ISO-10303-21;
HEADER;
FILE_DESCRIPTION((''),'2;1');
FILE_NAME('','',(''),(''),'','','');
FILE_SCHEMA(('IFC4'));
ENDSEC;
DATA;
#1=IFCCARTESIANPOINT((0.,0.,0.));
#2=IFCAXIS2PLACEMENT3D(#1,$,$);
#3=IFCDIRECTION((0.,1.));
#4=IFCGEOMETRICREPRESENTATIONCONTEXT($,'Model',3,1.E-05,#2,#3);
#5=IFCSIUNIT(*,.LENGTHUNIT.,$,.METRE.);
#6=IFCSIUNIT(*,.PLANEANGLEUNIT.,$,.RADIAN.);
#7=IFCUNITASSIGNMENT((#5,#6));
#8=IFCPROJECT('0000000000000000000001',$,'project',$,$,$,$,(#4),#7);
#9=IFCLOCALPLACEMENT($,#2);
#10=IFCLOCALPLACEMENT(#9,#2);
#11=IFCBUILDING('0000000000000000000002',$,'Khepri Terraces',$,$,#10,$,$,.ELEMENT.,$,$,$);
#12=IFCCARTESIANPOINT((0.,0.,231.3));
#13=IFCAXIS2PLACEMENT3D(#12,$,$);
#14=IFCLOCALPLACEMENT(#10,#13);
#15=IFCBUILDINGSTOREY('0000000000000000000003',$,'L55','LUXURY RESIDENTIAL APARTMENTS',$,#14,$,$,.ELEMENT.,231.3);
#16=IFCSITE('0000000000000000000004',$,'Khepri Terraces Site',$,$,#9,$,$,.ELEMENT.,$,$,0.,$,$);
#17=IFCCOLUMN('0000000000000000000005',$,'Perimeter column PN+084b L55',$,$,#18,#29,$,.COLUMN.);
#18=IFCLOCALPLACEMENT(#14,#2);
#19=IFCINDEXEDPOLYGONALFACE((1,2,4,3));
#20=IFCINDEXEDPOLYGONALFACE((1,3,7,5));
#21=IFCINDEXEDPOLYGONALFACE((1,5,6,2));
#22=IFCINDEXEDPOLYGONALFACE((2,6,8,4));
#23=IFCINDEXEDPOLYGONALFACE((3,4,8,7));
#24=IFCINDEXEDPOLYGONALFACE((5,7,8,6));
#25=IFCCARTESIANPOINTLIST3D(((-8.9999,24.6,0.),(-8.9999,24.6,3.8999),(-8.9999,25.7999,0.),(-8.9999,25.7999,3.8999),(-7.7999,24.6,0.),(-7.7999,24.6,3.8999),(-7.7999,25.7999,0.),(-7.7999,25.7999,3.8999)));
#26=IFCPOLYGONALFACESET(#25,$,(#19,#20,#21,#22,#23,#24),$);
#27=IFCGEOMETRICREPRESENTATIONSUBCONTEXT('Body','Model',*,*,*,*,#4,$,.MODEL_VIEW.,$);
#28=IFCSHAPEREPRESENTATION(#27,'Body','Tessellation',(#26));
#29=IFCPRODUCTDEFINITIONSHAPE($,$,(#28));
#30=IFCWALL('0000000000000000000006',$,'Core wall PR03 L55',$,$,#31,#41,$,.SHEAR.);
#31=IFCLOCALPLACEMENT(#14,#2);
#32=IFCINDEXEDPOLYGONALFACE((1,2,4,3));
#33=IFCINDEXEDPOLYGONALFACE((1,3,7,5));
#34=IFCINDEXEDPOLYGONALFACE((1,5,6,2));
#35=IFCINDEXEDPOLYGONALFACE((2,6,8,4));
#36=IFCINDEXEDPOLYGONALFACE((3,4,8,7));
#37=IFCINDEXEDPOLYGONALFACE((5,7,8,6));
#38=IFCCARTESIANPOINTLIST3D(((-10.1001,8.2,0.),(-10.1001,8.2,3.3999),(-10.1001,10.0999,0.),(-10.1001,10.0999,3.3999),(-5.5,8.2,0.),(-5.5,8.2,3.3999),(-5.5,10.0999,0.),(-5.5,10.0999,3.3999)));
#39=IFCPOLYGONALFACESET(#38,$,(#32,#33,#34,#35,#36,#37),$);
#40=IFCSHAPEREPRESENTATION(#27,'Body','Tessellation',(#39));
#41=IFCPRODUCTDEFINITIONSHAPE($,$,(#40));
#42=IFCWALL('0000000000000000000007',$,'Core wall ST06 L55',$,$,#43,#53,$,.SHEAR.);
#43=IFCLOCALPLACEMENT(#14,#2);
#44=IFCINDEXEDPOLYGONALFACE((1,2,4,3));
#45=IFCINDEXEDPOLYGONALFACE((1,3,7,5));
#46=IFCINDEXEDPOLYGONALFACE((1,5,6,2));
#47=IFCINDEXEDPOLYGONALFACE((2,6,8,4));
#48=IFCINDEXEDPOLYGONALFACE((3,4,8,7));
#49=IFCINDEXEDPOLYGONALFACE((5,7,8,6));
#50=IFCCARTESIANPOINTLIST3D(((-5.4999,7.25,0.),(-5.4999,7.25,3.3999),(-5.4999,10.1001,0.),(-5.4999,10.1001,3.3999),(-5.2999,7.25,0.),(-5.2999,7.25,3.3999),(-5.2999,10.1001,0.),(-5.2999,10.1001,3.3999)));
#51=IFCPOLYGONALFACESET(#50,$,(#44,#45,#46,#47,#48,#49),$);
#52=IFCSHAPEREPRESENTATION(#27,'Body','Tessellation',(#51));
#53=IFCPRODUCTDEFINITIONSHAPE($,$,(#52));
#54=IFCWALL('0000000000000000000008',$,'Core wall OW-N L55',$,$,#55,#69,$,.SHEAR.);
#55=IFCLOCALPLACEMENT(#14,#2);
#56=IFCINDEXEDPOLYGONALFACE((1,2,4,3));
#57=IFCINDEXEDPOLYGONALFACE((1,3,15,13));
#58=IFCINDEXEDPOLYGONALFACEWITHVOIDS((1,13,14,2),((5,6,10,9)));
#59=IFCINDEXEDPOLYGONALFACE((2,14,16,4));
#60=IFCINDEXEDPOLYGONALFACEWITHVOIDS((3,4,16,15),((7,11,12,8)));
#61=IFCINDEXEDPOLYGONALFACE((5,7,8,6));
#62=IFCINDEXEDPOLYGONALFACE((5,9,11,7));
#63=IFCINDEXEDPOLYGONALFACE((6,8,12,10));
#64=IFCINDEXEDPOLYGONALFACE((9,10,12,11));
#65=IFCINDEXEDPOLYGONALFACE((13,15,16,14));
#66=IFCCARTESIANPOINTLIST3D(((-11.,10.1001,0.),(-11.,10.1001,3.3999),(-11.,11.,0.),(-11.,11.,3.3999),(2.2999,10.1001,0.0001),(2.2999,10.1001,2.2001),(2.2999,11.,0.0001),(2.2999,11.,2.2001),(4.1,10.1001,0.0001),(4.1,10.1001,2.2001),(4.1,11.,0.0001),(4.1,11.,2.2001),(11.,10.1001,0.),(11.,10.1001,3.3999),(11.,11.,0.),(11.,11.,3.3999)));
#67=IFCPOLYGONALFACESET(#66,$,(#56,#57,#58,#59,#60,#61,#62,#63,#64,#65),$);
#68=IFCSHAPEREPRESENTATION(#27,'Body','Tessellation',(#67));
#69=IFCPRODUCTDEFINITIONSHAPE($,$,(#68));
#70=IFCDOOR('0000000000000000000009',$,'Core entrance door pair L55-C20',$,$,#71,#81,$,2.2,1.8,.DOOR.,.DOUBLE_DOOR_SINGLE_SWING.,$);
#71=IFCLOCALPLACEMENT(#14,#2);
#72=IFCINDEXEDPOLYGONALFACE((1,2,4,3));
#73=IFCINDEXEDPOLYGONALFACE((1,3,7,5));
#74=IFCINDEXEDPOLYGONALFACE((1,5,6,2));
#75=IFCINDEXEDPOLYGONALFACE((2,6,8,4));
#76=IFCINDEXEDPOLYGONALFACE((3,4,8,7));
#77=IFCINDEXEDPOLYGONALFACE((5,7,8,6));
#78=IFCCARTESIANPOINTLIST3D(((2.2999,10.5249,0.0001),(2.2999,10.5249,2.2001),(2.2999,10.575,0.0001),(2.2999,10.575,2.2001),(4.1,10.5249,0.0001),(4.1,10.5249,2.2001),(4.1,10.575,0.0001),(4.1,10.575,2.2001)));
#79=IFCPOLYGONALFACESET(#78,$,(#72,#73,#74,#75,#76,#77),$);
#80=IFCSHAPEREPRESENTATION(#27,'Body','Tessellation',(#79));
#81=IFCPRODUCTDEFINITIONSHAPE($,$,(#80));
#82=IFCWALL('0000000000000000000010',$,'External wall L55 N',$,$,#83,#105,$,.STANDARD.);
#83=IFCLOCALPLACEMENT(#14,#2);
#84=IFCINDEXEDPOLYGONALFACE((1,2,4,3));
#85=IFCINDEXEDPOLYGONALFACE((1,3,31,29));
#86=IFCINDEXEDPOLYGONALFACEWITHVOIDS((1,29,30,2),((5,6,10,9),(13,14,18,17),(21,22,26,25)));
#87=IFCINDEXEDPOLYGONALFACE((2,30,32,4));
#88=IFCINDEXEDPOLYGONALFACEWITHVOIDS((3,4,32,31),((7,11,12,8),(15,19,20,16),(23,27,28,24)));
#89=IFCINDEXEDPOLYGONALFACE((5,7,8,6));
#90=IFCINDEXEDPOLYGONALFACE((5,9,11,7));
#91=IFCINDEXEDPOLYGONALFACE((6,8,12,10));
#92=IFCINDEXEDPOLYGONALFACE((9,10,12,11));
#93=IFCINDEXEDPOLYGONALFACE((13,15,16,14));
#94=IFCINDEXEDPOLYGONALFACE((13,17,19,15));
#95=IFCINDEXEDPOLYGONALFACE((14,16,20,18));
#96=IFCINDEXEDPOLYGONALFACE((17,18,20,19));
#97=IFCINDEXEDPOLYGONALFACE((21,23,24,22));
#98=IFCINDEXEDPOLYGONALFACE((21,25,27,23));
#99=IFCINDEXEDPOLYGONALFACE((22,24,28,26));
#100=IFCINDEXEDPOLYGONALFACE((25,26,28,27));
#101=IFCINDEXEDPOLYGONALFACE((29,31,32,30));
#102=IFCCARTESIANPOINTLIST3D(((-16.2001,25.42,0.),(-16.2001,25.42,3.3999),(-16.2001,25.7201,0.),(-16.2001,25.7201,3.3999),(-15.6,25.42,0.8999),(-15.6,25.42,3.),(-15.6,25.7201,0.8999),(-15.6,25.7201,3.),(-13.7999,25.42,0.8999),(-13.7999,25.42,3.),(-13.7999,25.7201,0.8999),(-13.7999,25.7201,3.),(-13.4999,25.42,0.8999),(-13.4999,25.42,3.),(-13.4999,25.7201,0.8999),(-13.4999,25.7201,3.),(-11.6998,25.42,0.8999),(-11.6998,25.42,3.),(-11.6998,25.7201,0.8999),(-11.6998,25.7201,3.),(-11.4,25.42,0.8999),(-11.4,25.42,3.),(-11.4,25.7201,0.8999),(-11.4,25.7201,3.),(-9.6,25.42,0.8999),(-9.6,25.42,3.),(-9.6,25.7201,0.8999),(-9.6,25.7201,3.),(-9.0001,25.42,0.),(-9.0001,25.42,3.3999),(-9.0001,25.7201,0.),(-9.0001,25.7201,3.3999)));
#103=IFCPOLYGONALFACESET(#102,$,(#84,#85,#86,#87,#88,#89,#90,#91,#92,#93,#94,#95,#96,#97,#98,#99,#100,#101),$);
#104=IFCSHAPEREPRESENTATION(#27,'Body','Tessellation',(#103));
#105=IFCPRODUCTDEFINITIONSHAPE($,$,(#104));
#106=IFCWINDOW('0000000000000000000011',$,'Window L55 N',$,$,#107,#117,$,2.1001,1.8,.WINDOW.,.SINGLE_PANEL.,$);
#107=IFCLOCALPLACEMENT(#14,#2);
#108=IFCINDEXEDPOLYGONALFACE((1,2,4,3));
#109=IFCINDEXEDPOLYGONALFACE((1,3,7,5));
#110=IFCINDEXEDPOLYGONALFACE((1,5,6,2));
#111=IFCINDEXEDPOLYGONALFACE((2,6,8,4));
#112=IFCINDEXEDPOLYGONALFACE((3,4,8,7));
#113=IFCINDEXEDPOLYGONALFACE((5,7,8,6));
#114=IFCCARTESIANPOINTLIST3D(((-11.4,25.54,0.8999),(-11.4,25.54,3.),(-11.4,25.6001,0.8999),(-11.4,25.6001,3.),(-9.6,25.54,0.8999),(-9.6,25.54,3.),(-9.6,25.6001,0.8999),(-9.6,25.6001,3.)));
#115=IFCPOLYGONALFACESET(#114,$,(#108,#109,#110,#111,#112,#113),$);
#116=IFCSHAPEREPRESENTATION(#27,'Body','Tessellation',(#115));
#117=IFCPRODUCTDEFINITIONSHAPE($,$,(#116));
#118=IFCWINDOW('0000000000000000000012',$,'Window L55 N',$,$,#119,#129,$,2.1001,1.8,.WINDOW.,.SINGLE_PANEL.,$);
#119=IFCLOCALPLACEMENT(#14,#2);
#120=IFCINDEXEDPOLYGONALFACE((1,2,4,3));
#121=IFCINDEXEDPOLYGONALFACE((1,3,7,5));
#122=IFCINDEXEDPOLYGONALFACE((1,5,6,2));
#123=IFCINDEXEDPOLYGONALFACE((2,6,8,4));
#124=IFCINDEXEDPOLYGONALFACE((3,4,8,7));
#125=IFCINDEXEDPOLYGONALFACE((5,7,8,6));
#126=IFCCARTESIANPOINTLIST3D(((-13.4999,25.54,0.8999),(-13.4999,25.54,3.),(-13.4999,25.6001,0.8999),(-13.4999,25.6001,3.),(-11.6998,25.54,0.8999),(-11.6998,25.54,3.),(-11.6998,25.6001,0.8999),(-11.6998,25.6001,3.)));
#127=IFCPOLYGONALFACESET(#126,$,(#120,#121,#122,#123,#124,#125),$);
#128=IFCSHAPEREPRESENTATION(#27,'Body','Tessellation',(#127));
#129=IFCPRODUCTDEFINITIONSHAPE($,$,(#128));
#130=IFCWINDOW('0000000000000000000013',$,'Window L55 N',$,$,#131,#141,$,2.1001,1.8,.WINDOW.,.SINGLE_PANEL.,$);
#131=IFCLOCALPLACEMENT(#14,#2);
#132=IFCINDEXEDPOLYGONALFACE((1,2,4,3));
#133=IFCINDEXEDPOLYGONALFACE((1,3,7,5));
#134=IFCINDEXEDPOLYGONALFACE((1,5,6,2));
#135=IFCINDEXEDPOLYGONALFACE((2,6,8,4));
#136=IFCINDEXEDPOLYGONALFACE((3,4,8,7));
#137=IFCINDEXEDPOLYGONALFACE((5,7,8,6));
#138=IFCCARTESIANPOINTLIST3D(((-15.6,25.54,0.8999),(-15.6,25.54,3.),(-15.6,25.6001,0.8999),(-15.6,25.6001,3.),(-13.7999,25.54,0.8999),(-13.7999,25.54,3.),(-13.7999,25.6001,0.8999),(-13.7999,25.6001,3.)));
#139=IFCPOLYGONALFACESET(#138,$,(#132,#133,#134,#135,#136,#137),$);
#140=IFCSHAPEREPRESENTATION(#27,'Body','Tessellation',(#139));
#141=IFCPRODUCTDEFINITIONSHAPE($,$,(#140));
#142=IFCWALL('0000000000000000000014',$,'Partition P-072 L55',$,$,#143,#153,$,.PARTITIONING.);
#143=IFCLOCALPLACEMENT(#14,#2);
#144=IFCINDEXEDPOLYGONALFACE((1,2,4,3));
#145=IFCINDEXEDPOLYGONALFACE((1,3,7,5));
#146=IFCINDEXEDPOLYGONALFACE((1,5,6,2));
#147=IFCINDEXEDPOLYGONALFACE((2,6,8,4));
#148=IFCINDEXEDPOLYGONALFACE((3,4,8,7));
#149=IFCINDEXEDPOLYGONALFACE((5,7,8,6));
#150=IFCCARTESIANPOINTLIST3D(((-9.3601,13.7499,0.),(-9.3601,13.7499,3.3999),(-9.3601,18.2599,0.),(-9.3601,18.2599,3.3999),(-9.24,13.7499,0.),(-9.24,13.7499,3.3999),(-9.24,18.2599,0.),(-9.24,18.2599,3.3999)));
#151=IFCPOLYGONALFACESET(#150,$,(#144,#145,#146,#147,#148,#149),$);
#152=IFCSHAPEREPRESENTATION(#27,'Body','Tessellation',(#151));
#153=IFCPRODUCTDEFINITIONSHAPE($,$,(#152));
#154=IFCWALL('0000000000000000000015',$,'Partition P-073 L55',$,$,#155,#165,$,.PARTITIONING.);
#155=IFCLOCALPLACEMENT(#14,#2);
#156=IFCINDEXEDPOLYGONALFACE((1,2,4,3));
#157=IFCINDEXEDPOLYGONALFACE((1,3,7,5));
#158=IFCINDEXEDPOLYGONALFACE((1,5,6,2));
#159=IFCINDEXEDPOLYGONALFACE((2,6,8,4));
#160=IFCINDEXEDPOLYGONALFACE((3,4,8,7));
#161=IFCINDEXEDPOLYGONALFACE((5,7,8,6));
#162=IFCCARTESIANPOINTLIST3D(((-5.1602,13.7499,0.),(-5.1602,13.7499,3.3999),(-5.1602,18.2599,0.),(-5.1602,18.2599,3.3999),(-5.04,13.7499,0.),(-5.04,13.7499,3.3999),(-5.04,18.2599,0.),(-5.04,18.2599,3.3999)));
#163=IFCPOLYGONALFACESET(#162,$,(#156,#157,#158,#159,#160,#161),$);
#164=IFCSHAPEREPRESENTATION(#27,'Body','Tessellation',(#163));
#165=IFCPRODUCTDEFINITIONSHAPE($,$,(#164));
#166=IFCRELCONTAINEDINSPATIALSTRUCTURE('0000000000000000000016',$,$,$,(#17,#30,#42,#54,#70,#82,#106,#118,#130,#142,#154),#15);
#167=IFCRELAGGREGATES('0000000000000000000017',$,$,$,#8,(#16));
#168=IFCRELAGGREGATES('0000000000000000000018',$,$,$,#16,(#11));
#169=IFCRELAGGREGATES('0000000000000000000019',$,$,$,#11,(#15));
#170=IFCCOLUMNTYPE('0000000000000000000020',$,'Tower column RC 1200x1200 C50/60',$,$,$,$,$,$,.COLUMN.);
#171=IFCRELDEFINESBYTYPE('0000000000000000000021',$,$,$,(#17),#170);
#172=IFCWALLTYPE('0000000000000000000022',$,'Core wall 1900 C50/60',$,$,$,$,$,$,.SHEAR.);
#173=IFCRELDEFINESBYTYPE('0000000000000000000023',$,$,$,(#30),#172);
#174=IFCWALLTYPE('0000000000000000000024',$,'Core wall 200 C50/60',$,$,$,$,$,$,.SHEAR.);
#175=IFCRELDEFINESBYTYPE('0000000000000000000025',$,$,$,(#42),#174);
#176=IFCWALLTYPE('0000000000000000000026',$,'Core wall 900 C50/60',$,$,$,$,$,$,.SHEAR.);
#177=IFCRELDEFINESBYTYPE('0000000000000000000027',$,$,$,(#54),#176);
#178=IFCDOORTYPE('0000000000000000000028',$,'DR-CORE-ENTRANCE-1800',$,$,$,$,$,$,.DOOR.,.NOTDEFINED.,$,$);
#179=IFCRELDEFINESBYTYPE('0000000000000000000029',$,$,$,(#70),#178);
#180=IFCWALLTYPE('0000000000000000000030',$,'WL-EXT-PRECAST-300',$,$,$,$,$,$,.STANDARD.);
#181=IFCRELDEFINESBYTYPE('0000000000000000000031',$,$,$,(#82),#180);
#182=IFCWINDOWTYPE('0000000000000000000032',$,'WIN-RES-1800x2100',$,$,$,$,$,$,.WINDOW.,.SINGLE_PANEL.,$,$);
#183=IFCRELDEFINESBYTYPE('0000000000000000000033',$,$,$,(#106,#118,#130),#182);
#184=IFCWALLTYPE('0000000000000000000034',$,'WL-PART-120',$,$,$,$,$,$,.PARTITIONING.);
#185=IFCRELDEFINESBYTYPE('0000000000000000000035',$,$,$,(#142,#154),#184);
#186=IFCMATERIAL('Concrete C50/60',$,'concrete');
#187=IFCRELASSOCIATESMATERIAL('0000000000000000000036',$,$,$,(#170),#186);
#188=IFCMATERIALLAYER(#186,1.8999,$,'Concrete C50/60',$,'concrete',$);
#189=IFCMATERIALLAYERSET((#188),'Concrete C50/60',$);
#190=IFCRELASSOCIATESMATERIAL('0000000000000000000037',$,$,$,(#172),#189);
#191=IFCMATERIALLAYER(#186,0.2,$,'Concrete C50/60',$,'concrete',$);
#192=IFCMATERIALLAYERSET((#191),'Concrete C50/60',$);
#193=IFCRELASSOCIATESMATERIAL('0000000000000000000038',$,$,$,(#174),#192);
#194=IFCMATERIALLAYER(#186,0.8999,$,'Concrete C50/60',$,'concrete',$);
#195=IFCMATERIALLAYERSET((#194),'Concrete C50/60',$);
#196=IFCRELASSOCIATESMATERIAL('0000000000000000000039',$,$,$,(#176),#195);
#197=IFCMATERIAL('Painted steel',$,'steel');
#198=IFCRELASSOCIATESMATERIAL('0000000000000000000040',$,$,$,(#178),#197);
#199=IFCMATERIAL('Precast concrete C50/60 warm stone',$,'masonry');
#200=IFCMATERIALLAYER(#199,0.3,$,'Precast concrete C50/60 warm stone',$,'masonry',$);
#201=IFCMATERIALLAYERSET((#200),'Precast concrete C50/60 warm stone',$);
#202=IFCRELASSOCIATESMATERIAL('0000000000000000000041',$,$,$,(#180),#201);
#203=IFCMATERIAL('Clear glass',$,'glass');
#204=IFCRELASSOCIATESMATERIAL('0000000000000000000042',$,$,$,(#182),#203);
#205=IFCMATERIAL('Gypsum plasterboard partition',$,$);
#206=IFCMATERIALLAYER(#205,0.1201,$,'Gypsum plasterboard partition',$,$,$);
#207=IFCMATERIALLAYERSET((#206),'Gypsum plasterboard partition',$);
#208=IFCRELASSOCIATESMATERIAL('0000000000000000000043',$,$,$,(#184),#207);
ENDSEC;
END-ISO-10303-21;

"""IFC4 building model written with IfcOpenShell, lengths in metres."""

from ifc_helpers import new_model, si_unit, direction, frame, frame_2d, origin, origin_2d, place, context, subcontext, project, spatial, rectangle, extrude, material, layer, layer_set, material_profile, profile_set, type_object, element, fill, save


model = new_model("IFC4")

# Units and contexts
model_context = context("Model", 3, precision=1e-05, world=origin(), true_north=direction((0.0, 1.0)))
body_context = subcontext(model_context, "Body", "Model", "MODEL_VIEW")
ifc_project = project(units=[si_unit("LENGTHUNIT", "METRE"), si_unit("PLANEANGLEUNIT", "RADIAN")], contexts=[model_context])

# Site, building, storey
site_placement = place(None, origin())
site = spatial("IfcSite", under=ifc_project, at=site_placement, Name="Khepri Terraces Site", CompositionType="ELEMENT", RefElevation=0.0)
building_placement = place(site_placement, origin())
building = spatial("IfcBuilding", under=site, at=building_placement, Name="Khepri Terraces", CompositionType="ELEMENT")
storey_placement = place(building_placement, frame((0.0, 0.0, 231.3)))
storey = spatial("IfcBuildingStorey", under=building, at=storey_placement, Name="L55", Description="LUXURY RESIDENTIAL APARTMENTS", CompositionType="ELEMENT", Elevation=231.3)

# Column
ifc_material_1 = material(Name="Concrete C50/60", Category="concrete")
ifc_material_profile = material_profile(ifc_material_1, rectangle(XDim=1.2, YDim=1.2, at=origin_2d()), Name="Concrete C50/60", Category="concrete")
ifc_profile_set = profile_set([ifc_material_profile], Name="Concrete C50/60")
column_type = type_object("IfcColumnType", Name="Tower column RC 1200x1200 C50/60", PredefinedType="COLUMN", material=ifc_profile_set)
column_placement = place(storey_placement, frame((-8.3999, 25.2, 0.0), z_axis=(0.0, 0.0, 1.0), x_axis=(1.0, 0.0, 0.0)))
element("IfcColumn", 1, at=column_placement, inside=storey, type_object=column_type, Name="Perimeter column PN+084b L55", PredefinedType="COLUMN", context=body_context, shape_type="SweptSolid", body=[
    extrude(rectangle(XDim=1.2, YDim=1.2, at=origin_2d()), origin(), (0.0, 0.0, 1.0), 3.8999),
])

# Walls
ifc_layer_1 = layer(ifc_material_1, 1.8999, Name="Concrete C50/60", Category="concrete")
ifc_layer_set_1 = layer_set([ifc_layer_1], Name="Concrete C50/60")
wall_type_1 = type_object("IfcWallType", Name="Core wall 1900 C50/60", PredefinedType="SHEAR", material=ifc_layer_set_1)
wall_1_placement = place(storey_placement, frame((-10.1001, 9.1499, 0.0), z_axis=(0.0, 0.0, 1.0), x_axis=(1.0, 0.0, 0.0)))
element("IfcWall", 2, at=wall_1_placement, inside=storey, type_object=wall_type_1, Name="Core wall PR03 L55", PredefinedType="SHEAR", context=body_context, shape_type="SweptSolid", body=[
    extrude(rectangle(XDim=4.6001, YDim=1.8999, at=frame_2d((2.3, 0.0))), origin(), (0.0, 0.0, 1.0), 3.3999),
])
ifc_layer_2 = layer(ifc_material_1, 0.2, Name="Concrete C50/60", Category="concrete")
ifc_layer_set_2 = layer_set([ifc_layer_2], Name="Concrete C50/60")
wall_type_2 = type_object("IfcWallType", Name="Core wall 200 C50/60", PredefinedType="SHEAR", material=ifc_layer_set_2)
wall_2_placement = place(storey_placement, frame((-5.3999, 7.25, 0.0), z_axis=(0.0, 0.0, 1.0), x_axis=(0.0, 1.0, 0.0)))
element("IfcWall", 3, at=wall_2_placement, inside=storey, type_object=wall_type_2, Name="Core wall ST06 L55", PredefinedType="SHEAR", context=body_context, shape_type="SweptSolid", body=[
    extrude(rectangle(XDim=2.8501, YDim=0.2, at=frame_2d((1.425, 0.0))), origin(), (0.0, 0.0, 1.0), 3.3999),
])

# Wall, opening, door
ifc_layer_3 = layer(ifc_material_1, 0.8999, Name="Concrete C50/60", Category="concrete")
ifc_layer_set_3 = layer_set([ifc_layer_3], Name="Concrete C50/60")
wall_type_3 = type_object("IfcWallType", Name="Core wall 900 C50/60", PredefinedType="SHEAR", material=ifc_layer_set_3)
wall_3_placement = place(storey_placement, frame((-11.0, 10.55, 0.0), z_axis=(0.0, 0.0, 1.0), x_axis=(1.0, 0.0, 0.0)))
wall_3 = element("IfcWall", 4, at=wall_3_placement, inside=storey, type_object=wall_type_3, Name="Core wall OW-N L55", PredefinedType="SHEAR", context=body_context, shape_type="SweptSolid", body=[
    extrude(rectangle(XDim=22.0, YDim=0.8999, at=frame_2d((11.0, 0.0))), origin(), (0.0, 0.0, 1.0), 3.3999),
])
opening_1_placement = place(wall_3_placement, frame((13.3, 0.0, 0.0)))
opening_1 = element("IfcOpeningElement", 5, at=opening_1_placement, cuts=wall_3, PredefinedType="OPENING", context=body_context, shape_type="SweptSolid", body=[
    extrude(rectangle(XDim=1.8, YDim=2.2, at=frame_2d((0.8999, 1.1001))), frame((0.0, 0.46, 0.0), z_axis=(0.0, -1.0, 0.0), x_axis=(1.0, 0.0, 0.0)), (0.0, 0.0, 1.0), 0.9199),
])
ifc_material_2 = material(Name="Painted steel", Category="steel")
door_type_1 = type_object("IfcDoorType", Name="DR-CORE-ENTRANCE-1800", OperationType="NOTDEFINED", PredefinedType="DOOR", material=ifc_material_2)
door_1_placement = place(opening_1_placement, origin())
door_1 = element("IfcDoor", 6, at=door_1_placement, inside=storey, type_object=door_type_1, Name="Core entrance door pair L55-C20", OperationType="DOUBLE_DOOR_SINGLE_SWING", OverallHeight=2.2, OverallWidth=1.8, PredefinedType="DOOR", context=body_context, shape_type="SweptSolid", body=[
    extrude(rectangle(XDim=1.8, YDim=2.2, at=frame_2d((0.8999, 1.1001))), frame((0.0, 0.0249, 0.0), z_axis=(0.0, -1.0, 0.0), x_axis=(1.0, 0.0, 0.0)), (0.0, 0.0, 1.0), 0.05),
])
fill(opening_1, door_1)

# Wall, openings, windows
ifc_material_3 = material(Name="Precast concrete C50/60 warm stone", Category="masonry")
ifc_layer_4 = layer(ifc_material_3, 0.3, Name="Precast concrete C50/60 warm stone", Category="masonry")
ifc_layer_set_4 = layer_set([ifc_layer_4], Name="Precast concrete C50/60 warm stone")
wall_type_4 = type_object("IfcWallType", Name="WL-EXT-PRECAST-300", PredefinedType="STANDARD", material=ifc_layer_set_4)
wall_4_placement = place(storey_placement, frame((-9.0, 25.5701, 0.0), z_axis=(0.0, 0.0, 1.0), x_axis=(-1.0, 0.0, 0.0)))
wall_4 = element("IfcWall", 7, at=wall_4_placement, inside=storey, type_object=wall_type_4, Name="External wall L55 N", PredefinedType="STANDARD", context=body_context, shape_type="SweptSolid", body=[
    extrude(rectangle(XDim=7.2, YDim=0.3, at=frame_2d((3.6001, 0.0))), origin(), (0.0, 0.0, 1.0), 3.3999),
])
opening_2_placement = place(wall_4_placement, frame((0.6001, 0.0, 0.8999)))
opening_2 = element("IfcOpeningElement", 8, at=opening_2_placement, cuts=wall_4, PredefinedType="OPENING", context=body_context, shape_type="SweptSolid", body=[
    extrude(rectangle(XDim=1.8, YDim=2.1001, at=frame_2d((0.8999, 1.05))), frame((0.0, 0.1602, 0.0), z_axis=(0.0, -1.0, 0.0), x_axis=(1.0, 0.0, 0.0)), (0.0, 0.0, 1.0), 0.3201),
])
opening_3_placement = place(wall_4_placement, frame((2.7, 0.0, 0.8999)))
opening_3 = element("IfcOpeningElement", 9, at=opening_3_placement, cuts=wall_4, PredefinedType="OPENING", context=body_context, shape_type="SweptSolid", body=[
    extrude(rectangle(XDim=1.8, YDim=2.1001, at=frame_2d((0.8999, 1.05))), frame((0.0, 0.1602, 0.0), z_axis=(0.0, -1.0, 0.0), x_axis=(1.0, 0.0, 0.0)), (0.0, 0.0, 1.0), 0.3201),
])
opening_4_placement = place(wall_4_placement, frame((4.8, 0.0, 0.8999)))
opening_4 = element("IfcOpeningElement", 10, at=opening_4_placement, cuts=wall_4, PredefinedType="OPENING", context=body_context, shape_type="SweptSolid", body=[
    extrude(rectangle(XDim=1.8, YDim=2.1001, at=frame_2d((0.8999, 1.05))), frame((0.0, 0.1602, 0.0), z_axis=(0.0, -1.0, 0.0), x_axis=(1.0, 0.0, 0.0)), (0.0, 0.0, 1.0), 0.3201),
])
ifc_material_4 = material(Name="Clear glass", Category="glass")
window_type = type_object("IfcWindowType", Name="WIN-RES-1800x2100", PartitioningType="SINGLE_PANEL", PredefinedType="WINDOW", material=ifc_material_4)
window_1_placement = place(opening_2_placement, origin())
window_1 = element("IfcWindow", 11, at=window_1_placement, inside=storey, type_object=window_type, Name="Window L55 N", OverallHeight=2.1001, OverallWidth=1.8, PartitioningType="SINGLE_PANEL", PredefinedType="WINDOW", context=body_context, shape_type="SweptSolid", body=[
    extrude(rectangle(XDim=1.8, YDim=2.1001, at=frame_2d((0.8999, 1.05))), frame((0.0, 0.03, 0.0), z_axis=(0.0, -1.0, 0.0), x_axis=(1.0, 0.0, 0.0)), (0.0, 0.0, 1.0), 0.0601),
])
fill(opening_2, window_1)
window_2_placement = place(opening_3_placement, origin())
window_2 = element("IfcWindow", 12, at=window_2_placement, inside=storey, type_object=window_type, Name="Window L55 N", OverallHeight=2.1001, OverallWidth=1.8, PartitioningType="SINGLE_PANEL", PredefinedType="WINDOW", context=body_context, shape_type="SweptSolid", body=[
    extrude(rectangle(XDim=1.8, YDim=2.1001, at=frame_2d((0.8999, 1.05))), frame((0.0, 0.03, 0.0), z_axis=(0.0, -1.0, 0.0), x_axis=(1.0, 0.0, 0.0)), (0.0, 0.0, 1.0), 0.0601),
])
fill(opening_3, window_2)
window_3_placement = place(opening_4_placement, origin())
window_3 = element("IfcWindow", 13, at=window_3_placement, inside=storey, type_object=window_type, Name="Window L55 N", OverallHeight=2.1001, OverallWidth=1.8, PartitioningType="SINGLE_PANEL", PredefinedType="WINDOW", context=body_context, shape_type="SweptSolid", body=[
    extrude(rectangle(XDim=1.8, YDim=2.1001, at=frame_2d((0.8999, 1.05))), frame((0.0, 0.03, 0.0), z_axis=(0.0, -1.0, 0.0), x_axis=(1.0, 0.0, 0.0)), (0.0, 0.0, 1.0), 0.0601),
])
fill(opening_4, window_3)

# Walls
ifc_material_5 = material(Name="Gypsum plasterboard partition")
ifc_layer_5 = layer(ifc_material_5, 0.1201, Name="Gypsum plasterboard partition")
ifc_layer_set_5 = layer_set([ifc_layer_5], Name="Gypsum plasterboard partition")
wall_type_5 = type_object("IfcWallType", Name="WL-PART-120", PredefinedType="PARTITIONING", material=ifc_layer_set_5)
for number, where, z_axis, x_axis, name in (
    (14, (-9.3, 13.75, 0.0), (0.0, 0.0, 1.0), (0.0, 1.0, 0.0), "Partition P-072 L55"),
    (15, (-5.1001, 13.75, 0.0), (0.0, 0.0, 1.0), (0.0, 1.0, 0.0), "Partition P-073 L55"),
):
    element("IfcWall", number, at=place(storey_placement, frame(where, z_axis=z_axis, x_axis=x_axis)), inside=storey, type_object=wall_type_5, Name=name, PredefinedType="PARTITIONING", context=body_context, shape_type="SweptSolid", body=[
        extrude(rectangle(XDim=4.51, YDim=0.1201, at=frame_2d((2.2549, 0.0))), origin(), (0.0, 0.0, 1.0), 3.3999),
    ])

save(model, "model.ifc")
